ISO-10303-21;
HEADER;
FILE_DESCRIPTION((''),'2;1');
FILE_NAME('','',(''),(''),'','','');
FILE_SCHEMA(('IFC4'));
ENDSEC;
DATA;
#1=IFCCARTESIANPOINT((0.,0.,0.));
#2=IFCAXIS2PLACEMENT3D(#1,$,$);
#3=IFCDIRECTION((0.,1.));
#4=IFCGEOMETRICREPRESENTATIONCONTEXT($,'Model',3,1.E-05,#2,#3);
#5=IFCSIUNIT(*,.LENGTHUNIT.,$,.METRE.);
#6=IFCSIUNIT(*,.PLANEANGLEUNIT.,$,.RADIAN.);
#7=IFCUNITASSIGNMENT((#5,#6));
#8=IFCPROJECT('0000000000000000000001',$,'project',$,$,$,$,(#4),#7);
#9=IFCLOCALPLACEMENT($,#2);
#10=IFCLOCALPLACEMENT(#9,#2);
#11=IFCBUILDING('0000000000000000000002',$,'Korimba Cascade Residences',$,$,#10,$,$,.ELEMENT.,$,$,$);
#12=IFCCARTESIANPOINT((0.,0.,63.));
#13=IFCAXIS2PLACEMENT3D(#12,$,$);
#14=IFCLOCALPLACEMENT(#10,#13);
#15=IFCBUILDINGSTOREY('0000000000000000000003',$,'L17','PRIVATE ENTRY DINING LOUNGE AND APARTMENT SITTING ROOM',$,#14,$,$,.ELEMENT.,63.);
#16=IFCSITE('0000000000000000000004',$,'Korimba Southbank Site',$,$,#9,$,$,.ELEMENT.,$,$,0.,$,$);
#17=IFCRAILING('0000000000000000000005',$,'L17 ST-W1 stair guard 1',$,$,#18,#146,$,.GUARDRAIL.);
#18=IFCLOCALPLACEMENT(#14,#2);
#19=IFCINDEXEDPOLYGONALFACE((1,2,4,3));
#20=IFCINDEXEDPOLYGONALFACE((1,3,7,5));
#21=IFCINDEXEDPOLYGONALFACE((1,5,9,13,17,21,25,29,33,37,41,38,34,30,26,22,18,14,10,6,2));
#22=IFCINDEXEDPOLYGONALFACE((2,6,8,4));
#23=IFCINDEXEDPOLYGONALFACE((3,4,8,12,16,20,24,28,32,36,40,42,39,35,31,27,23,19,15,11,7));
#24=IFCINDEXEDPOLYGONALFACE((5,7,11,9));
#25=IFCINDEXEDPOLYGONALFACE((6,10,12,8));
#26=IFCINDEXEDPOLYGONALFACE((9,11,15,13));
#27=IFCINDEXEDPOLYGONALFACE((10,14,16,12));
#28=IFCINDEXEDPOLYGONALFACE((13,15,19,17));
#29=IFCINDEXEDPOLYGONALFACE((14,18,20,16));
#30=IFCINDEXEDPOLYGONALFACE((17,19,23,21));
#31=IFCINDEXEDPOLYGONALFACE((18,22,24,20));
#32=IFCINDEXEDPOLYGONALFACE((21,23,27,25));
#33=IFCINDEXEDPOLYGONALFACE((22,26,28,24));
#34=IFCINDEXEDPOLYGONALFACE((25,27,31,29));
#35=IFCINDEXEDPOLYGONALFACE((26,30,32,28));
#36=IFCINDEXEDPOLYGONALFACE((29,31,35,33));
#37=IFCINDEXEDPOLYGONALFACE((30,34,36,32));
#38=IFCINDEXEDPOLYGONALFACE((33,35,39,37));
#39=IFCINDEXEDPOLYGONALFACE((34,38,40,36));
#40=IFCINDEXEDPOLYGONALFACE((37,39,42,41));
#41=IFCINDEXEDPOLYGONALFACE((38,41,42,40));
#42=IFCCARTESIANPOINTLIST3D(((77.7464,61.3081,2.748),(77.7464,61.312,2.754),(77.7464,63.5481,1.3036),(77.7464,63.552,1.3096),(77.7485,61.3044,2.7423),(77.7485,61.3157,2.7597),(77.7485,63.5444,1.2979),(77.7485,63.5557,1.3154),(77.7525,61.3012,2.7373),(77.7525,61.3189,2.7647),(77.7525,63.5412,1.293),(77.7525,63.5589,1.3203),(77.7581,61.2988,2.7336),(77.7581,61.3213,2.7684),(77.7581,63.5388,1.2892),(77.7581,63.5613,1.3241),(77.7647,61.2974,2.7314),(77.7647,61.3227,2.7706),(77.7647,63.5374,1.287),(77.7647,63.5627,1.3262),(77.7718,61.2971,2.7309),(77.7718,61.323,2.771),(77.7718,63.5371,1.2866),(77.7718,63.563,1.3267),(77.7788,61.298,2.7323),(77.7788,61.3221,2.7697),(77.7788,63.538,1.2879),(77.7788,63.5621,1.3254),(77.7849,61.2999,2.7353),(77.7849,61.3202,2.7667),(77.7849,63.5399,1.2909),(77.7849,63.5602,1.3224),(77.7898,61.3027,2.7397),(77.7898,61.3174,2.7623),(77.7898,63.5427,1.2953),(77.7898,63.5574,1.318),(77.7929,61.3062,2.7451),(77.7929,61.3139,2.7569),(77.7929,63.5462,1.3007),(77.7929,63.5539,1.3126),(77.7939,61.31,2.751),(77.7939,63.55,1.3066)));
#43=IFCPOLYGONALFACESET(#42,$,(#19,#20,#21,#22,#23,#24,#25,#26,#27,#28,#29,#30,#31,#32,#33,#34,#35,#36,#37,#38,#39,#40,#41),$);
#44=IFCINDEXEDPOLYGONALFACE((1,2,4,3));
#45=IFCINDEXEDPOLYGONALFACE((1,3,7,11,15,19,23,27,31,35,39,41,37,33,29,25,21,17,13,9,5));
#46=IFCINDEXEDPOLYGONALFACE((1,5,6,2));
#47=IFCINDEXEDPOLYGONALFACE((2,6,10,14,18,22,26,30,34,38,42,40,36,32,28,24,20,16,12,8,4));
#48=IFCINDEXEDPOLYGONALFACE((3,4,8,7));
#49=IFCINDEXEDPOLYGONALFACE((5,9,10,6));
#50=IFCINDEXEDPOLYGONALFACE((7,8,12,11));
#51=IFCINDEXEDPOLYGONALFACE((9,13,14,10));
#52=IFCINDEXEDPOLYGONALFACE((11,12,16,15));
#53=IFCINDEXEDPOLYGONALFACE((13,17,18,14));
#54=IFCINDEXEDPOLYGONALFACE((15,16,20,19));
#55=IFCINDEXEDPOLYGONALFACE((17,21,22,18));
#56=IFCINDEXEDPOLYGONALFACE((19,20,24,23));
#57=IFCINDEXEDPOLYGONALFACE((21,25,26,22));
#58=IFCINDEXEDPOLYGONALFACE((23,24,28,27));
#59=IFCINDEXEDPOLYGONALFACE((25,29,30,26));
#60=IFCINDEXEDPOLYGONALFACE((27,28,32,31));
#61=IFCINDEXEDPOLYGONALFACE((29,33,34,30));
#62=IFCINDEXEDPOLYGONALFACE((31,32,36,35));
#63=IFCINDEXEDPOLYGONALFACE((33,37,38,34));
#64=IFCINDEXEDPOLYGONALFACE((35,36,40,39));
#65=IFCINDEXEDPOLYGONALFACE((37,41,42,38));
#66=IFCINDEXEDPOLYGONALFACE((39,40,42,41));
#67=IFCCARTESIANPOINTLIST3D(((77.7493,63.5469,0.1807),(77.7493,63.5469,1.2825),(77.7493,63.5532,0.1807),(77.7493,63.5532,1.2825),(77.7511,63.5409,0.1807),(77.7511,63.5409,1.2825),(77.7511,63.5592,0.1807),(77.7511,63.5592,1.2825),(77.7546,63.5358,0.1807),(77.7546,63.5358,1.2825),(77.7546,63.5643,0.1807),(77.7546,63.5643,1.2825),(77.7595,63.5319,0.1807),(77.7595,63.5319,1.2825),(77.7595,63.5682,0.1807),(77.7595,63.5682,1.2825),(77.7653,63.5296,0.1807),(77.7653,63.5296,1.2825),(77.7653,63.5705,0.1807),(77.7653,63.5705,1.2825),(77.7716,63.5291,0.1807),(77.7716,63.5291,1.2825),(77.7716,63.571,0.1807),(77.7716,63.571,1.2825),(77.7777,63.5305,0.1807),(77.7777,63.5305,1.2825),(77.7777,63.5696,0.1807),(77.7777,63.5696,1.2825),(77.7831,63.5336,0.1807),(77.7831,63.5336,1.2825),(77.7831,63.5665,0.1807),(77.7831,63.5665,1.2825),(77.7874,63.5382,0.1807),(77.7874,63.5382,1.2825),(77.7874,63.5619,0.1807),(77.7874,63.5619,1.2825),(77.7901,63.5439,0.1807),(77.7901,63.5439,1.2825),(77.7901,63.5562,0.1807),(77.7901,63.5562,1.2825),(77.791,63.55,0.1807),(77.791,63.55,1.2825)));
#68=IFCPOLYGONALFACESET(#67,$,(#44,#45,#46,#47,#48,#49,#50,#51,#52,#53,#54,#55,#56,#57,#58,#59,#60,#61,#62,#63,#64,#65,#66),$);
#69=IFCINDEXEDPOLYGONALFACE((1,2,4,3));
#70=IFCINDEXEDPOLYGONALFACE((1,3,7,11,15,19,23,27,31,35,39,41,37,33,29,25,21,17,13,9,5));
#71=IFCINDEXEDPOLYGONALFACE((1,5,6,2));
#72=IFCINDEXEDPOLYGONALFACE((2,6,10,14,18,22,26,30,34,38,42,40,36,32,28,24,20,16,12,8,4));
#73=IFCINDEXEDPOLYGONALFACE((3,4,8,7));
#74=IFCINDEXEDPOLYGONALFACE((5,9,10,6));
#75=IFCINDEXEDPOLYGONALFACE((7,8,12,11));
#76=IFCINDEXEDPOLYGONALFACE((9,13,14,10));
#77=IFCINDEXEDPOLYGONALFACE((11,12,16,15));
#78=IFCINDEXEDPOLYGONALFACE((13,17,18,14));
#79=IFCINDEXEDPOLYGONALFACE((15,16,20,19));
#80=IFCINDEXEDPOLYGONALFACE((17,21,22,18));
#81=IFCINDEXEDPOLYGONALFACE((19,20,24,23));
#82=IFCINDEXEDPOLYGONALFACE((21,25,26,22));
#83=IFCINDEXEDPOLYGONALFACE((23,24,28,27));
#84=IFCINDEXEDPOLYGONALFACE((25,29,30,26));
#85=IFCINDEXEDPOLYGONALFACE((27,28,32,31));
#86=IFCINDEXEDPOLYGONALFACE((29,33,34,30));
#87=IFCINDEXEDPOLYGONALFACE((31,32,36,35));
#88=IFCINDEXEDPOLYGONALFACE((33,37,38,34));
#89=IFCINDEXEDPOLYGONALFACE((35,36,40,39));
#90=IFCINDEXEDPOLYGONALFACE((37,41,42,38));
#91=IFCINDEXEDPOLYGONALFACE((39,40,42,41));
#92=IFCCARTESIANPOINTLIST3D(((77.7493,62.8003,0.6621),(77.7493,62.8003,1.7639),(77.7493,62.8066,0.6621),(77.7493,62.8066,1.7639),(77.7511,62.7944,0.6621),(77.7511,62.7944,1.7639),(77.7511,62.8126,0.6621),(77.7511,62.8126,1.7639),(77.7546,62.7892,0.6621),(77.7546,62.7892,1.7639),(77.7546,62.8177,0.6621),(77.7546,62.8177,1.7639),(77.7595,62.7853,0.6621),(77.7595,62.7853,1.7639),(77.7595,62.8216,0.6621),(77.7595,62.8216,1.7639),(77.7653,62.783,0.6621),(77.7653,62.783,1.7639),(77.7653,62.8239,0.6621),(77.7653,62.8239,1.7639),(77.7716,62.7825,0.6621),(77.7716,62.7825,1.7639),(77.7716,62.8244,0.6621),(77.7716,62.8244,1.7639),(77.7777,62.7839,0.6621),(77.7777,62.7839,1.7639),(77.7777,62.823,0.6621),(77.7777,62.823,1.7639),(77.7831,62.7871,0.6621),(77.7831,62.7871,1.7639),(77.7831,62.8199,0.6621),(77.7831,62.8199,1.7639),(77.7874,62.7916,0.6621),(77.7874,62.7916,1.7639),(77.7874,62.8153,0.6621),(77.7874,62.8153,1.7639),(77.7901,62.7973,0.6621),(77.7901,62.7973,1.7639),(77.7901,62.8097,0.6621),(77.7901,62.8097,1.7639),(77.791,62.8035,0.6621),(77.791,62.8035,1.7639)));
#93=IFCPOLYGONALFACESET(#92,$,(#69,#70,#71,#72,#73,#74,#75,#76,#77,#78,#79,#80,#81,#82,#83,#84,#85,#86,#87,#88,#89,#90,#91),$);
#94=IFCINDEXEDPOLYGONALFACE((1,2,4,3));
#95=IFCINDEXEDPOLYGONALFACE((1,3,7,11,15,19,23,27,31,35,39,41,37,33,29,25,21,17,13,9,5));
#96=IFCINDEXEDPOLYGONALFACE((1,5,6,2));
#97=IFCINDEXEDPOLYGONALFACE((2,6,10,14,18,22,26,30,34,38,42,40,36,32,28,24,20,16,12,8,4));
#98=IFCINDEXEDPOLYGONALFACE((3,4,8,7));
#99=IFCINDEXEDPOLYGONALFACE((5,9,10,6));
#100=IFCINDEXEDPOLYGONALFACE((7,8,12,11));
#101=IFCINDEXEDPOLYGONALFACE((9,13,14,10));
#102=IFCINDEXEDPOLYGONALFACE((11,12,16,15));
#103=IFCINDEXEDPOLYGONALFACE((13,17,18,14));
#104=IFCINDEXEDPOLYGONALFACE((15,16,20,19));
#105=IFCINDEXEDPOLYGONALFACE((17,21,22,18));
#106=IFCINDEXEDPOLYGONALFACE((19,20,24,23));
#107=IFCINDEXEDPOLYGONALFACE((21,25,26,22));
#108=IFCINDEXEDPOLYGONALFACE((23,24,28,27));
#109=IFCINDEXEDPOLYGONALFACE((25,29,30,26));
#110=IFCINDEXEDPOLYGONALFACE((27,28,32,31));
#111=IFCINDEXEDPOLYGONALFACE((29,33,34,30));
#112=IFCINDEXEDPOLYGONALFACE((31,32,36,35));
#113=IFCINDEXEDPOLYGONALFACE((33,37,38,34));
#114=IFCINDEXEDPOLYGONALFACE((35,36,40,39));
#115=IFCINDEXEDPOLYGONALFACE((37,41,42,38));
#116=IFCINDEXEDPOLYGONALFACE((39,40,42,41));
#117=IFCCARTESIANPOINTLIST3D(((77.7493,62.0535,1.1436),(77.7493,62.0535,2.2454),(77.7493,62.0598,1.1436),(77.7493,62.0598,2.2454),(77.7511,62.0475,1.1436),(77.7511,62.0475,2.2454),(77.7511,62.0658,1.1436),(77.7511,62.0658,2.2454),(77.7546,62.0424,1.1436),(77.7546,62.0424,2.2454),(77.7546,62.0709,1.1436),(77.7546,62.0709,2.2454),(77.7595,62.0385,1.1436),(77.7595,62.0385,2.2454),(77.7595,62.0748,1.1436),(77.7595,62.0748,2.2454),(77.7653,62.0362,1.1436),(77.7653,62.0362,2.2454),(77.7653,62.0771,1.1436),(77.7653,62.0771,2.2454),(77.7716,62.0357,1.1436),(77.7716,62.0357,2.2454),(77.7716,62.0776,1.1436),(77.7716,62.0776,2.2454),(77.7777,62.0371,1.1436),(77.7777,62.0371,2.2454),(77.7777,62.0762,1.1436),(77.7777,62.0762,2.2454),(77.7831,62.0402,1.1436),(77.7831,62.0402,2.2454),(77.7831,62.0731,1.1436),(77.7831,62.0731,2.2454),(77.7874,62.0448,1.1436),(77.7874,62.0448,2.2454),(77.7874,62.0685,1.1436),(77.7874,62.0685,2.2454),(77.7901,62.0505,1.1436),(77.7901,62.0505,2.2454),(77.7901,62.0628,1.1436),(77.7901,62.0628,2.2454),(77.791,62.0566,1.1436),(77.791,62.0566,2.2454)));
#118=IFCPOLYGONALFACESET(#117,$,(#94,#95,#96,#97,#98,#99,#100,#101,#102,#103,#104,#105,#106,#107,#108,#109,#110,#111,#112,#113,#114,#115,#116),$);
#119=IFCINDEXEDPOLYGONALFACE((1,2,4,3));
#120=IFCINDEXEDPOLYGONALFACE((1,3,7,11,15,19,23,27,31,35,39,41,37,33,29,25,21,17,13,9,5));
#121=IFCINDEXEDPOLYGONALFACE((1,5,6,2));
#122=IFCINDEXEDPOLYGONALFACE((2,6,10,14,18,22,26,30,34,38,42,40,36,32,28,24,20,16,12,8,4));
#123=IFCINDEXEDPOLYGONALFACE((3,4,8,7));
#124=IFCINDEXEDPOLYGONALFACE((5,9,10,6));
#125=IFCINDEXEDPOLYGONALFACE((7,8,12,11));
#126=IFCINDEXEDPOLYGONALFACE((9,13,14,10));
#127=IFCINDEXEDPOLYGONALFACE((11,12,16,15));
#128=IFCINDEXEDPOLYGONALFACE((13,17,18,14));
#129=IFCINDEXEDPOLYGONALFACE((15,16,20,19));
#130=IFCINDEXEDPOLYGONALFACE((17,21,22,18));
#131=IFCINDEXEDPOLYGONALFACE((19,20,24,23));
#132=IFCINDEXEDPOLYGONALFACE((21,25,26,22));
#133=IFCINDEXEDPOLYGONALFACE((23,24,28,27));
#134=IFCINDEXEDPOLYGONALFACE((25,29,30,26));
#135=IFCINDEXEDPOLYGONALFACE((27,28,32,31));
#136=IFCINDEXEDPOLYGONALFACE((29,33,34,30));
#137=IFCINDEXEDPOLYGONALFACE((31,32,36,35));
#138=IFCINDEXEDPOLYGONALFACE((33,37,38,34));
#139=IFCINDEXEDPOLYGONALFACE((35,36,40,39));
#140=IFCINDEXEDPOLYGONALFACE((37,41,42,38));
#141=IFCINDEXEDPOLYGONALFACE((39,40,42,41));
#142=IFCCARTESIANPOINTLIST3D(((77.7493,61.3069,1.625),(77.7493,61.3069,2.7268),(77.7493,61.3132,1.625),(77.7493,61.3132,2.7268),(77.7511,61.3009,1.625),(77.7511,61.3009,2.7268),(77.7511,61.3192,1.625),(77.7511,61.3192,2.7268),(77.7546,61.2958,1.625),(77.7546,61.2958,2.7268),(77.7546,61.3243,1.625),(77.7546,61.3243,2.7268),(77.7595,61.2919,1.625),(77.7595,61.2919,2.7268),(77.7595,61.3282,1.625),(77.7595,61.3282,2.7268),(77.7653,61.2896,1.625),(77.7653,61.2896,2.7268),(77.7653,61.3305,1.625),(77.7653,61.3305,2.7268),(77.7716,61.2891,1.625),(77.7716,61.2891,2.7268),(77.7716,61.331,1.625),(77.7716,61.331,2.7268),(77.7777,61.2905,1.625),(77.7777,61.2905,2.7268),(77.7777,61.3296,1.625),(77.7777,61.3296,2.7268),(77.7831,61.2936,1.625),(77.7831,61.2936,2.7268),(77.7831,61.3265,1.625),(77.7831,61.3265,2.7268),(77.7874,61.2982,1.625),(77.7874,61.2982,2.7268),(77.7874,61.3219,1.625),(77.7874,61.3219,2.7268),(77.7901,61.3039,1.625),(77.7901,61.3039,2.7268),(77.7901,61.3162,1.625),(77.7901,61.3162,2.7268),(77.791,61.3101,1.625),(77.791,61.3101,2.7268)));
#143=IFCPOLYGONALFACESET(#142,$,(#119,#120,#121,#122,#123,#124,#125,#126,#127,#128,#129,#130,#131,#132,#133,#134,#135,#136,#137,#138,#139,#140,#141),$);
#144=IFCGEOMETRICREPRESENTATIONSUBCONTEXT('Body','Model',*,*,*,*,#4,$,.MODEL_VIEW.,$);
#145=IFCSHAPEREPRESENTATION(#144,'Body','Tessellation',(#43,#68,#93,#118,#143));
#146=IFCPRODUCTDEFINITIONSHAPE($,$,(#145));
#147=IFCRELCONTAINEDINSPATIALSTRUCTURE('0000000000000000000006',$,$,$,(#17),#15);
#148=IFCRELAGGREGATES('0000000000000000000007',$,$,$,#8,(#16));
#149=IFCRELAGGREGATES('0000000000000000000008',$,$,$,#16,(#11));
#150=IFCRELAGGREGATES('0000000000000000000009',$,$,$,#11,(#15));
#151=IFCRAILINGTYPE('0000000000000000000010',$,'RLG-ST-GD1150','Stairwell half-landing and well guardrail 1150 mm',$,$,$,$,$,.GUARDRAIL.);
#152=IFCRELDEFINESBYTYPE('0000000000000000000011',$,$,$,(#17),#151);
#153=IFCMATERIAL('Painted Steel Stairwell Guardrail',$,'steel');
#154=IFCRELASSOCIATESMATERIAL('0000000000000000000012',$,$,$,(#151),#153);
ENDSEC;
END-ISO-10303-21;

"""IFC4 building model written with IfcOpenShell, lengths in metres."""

from ifc_helpers import new_model, si_unit, direction, frame, origin, origin_2d, place, context, subcontext, project, spatial, circle, extrude, material, type_object, element, save


model = new_model("IFC4")

# Units and contexts
model_context = context("Model", 3, precision=1e-05, world=origin(), true_north=direction((0.0, 1.0)))
body_context = subcontext(model_context, "Body", "Model", "MODEL_VIEW")
ifc_project = project(units=[si_unit("LENGTHUNIT", "METRE"), si_unit("PLANEANGLEUNIT", "RADIAN")], contexts=[model_context])

# Site, building, storey
site_placement = place(None, origin())
site = spatial("IfcSite", under=ifc_project, at=site_placement, Name="Korimba Southbank Site", CompositionType="ELEMENT", RefElevation=0.0)
building_placement = place(site_placement, origin())
building = spatial("IfcBuilding", under=site, at=building_placement, Name="Korimba Cascade Residences", CompositionType="ELEMENT")
storey_placement = place(building_placement, frame((0.0, 0.0, 63.0)))
storey = spatial("IfcBuildingStorey", under=building, at=storey_placement, Name="L17", Description="PRIVATE ENTRY DINING LOUNGE AND APARTMENT SITTING ROOM", CompositionType="ELEMENT", Elevation=63.0)

# Railing
ifc_material_1 = material(Name="Painted Steel Stairwell Guardrail", Category="steel")
railing_type_1 = type_object("IfcRailingType", Name="RLG-ST-GD1150", Description="Stairwell half-landing and well guardrail 1150 mm", PredefinedType="GUARDRAIL", material=ifc_material_1)
railing_1_placement = place(storey_placement, frame((77.77, 63.55, 0.1807)))
element("IfcRailing", 1, at=railing_1_placement, inside=storey, type_object=railing_type_1, Name="L17 ST-W1 stair guard 1", PredefinedType="GUARDRAIL", context=body_context, shape_type="SweptSolid", body=[
    extrude(circle(Radius=0.0239, at=origin_2d()), frame((0.0, 0.0, 1.126), z_axis=(0.0, -0.840437, 0.54191), x_axis=(1.0, 0.0, 0.0)), (0.0, 0.0, 1.0), 2.6653),
    extrude(circle(Radius=0.021, at=origin_2d()), origin(), (0.0, 0.0, 1.0), 1.1018),
    extrude(circle(Radius=0.021, at=origin_2d()), frame((0.0, -0.7466, 0.4814)), (0.0, 0.0, 1.0), 1.1018),
    extrude(circle(Radius=0.021, at=origin_2d()), frame((0.0, -1.4934, 0.9629)), (0.0, 0.0, 1.0), 1.1018),
    extrude(circle(Radius=0.021, at=origin_2d()), frame((0.0, -2.24, 1.4443)), (0.0, 0.0, 1.0), 1.1018),
])

save(model, "model.ifc")
